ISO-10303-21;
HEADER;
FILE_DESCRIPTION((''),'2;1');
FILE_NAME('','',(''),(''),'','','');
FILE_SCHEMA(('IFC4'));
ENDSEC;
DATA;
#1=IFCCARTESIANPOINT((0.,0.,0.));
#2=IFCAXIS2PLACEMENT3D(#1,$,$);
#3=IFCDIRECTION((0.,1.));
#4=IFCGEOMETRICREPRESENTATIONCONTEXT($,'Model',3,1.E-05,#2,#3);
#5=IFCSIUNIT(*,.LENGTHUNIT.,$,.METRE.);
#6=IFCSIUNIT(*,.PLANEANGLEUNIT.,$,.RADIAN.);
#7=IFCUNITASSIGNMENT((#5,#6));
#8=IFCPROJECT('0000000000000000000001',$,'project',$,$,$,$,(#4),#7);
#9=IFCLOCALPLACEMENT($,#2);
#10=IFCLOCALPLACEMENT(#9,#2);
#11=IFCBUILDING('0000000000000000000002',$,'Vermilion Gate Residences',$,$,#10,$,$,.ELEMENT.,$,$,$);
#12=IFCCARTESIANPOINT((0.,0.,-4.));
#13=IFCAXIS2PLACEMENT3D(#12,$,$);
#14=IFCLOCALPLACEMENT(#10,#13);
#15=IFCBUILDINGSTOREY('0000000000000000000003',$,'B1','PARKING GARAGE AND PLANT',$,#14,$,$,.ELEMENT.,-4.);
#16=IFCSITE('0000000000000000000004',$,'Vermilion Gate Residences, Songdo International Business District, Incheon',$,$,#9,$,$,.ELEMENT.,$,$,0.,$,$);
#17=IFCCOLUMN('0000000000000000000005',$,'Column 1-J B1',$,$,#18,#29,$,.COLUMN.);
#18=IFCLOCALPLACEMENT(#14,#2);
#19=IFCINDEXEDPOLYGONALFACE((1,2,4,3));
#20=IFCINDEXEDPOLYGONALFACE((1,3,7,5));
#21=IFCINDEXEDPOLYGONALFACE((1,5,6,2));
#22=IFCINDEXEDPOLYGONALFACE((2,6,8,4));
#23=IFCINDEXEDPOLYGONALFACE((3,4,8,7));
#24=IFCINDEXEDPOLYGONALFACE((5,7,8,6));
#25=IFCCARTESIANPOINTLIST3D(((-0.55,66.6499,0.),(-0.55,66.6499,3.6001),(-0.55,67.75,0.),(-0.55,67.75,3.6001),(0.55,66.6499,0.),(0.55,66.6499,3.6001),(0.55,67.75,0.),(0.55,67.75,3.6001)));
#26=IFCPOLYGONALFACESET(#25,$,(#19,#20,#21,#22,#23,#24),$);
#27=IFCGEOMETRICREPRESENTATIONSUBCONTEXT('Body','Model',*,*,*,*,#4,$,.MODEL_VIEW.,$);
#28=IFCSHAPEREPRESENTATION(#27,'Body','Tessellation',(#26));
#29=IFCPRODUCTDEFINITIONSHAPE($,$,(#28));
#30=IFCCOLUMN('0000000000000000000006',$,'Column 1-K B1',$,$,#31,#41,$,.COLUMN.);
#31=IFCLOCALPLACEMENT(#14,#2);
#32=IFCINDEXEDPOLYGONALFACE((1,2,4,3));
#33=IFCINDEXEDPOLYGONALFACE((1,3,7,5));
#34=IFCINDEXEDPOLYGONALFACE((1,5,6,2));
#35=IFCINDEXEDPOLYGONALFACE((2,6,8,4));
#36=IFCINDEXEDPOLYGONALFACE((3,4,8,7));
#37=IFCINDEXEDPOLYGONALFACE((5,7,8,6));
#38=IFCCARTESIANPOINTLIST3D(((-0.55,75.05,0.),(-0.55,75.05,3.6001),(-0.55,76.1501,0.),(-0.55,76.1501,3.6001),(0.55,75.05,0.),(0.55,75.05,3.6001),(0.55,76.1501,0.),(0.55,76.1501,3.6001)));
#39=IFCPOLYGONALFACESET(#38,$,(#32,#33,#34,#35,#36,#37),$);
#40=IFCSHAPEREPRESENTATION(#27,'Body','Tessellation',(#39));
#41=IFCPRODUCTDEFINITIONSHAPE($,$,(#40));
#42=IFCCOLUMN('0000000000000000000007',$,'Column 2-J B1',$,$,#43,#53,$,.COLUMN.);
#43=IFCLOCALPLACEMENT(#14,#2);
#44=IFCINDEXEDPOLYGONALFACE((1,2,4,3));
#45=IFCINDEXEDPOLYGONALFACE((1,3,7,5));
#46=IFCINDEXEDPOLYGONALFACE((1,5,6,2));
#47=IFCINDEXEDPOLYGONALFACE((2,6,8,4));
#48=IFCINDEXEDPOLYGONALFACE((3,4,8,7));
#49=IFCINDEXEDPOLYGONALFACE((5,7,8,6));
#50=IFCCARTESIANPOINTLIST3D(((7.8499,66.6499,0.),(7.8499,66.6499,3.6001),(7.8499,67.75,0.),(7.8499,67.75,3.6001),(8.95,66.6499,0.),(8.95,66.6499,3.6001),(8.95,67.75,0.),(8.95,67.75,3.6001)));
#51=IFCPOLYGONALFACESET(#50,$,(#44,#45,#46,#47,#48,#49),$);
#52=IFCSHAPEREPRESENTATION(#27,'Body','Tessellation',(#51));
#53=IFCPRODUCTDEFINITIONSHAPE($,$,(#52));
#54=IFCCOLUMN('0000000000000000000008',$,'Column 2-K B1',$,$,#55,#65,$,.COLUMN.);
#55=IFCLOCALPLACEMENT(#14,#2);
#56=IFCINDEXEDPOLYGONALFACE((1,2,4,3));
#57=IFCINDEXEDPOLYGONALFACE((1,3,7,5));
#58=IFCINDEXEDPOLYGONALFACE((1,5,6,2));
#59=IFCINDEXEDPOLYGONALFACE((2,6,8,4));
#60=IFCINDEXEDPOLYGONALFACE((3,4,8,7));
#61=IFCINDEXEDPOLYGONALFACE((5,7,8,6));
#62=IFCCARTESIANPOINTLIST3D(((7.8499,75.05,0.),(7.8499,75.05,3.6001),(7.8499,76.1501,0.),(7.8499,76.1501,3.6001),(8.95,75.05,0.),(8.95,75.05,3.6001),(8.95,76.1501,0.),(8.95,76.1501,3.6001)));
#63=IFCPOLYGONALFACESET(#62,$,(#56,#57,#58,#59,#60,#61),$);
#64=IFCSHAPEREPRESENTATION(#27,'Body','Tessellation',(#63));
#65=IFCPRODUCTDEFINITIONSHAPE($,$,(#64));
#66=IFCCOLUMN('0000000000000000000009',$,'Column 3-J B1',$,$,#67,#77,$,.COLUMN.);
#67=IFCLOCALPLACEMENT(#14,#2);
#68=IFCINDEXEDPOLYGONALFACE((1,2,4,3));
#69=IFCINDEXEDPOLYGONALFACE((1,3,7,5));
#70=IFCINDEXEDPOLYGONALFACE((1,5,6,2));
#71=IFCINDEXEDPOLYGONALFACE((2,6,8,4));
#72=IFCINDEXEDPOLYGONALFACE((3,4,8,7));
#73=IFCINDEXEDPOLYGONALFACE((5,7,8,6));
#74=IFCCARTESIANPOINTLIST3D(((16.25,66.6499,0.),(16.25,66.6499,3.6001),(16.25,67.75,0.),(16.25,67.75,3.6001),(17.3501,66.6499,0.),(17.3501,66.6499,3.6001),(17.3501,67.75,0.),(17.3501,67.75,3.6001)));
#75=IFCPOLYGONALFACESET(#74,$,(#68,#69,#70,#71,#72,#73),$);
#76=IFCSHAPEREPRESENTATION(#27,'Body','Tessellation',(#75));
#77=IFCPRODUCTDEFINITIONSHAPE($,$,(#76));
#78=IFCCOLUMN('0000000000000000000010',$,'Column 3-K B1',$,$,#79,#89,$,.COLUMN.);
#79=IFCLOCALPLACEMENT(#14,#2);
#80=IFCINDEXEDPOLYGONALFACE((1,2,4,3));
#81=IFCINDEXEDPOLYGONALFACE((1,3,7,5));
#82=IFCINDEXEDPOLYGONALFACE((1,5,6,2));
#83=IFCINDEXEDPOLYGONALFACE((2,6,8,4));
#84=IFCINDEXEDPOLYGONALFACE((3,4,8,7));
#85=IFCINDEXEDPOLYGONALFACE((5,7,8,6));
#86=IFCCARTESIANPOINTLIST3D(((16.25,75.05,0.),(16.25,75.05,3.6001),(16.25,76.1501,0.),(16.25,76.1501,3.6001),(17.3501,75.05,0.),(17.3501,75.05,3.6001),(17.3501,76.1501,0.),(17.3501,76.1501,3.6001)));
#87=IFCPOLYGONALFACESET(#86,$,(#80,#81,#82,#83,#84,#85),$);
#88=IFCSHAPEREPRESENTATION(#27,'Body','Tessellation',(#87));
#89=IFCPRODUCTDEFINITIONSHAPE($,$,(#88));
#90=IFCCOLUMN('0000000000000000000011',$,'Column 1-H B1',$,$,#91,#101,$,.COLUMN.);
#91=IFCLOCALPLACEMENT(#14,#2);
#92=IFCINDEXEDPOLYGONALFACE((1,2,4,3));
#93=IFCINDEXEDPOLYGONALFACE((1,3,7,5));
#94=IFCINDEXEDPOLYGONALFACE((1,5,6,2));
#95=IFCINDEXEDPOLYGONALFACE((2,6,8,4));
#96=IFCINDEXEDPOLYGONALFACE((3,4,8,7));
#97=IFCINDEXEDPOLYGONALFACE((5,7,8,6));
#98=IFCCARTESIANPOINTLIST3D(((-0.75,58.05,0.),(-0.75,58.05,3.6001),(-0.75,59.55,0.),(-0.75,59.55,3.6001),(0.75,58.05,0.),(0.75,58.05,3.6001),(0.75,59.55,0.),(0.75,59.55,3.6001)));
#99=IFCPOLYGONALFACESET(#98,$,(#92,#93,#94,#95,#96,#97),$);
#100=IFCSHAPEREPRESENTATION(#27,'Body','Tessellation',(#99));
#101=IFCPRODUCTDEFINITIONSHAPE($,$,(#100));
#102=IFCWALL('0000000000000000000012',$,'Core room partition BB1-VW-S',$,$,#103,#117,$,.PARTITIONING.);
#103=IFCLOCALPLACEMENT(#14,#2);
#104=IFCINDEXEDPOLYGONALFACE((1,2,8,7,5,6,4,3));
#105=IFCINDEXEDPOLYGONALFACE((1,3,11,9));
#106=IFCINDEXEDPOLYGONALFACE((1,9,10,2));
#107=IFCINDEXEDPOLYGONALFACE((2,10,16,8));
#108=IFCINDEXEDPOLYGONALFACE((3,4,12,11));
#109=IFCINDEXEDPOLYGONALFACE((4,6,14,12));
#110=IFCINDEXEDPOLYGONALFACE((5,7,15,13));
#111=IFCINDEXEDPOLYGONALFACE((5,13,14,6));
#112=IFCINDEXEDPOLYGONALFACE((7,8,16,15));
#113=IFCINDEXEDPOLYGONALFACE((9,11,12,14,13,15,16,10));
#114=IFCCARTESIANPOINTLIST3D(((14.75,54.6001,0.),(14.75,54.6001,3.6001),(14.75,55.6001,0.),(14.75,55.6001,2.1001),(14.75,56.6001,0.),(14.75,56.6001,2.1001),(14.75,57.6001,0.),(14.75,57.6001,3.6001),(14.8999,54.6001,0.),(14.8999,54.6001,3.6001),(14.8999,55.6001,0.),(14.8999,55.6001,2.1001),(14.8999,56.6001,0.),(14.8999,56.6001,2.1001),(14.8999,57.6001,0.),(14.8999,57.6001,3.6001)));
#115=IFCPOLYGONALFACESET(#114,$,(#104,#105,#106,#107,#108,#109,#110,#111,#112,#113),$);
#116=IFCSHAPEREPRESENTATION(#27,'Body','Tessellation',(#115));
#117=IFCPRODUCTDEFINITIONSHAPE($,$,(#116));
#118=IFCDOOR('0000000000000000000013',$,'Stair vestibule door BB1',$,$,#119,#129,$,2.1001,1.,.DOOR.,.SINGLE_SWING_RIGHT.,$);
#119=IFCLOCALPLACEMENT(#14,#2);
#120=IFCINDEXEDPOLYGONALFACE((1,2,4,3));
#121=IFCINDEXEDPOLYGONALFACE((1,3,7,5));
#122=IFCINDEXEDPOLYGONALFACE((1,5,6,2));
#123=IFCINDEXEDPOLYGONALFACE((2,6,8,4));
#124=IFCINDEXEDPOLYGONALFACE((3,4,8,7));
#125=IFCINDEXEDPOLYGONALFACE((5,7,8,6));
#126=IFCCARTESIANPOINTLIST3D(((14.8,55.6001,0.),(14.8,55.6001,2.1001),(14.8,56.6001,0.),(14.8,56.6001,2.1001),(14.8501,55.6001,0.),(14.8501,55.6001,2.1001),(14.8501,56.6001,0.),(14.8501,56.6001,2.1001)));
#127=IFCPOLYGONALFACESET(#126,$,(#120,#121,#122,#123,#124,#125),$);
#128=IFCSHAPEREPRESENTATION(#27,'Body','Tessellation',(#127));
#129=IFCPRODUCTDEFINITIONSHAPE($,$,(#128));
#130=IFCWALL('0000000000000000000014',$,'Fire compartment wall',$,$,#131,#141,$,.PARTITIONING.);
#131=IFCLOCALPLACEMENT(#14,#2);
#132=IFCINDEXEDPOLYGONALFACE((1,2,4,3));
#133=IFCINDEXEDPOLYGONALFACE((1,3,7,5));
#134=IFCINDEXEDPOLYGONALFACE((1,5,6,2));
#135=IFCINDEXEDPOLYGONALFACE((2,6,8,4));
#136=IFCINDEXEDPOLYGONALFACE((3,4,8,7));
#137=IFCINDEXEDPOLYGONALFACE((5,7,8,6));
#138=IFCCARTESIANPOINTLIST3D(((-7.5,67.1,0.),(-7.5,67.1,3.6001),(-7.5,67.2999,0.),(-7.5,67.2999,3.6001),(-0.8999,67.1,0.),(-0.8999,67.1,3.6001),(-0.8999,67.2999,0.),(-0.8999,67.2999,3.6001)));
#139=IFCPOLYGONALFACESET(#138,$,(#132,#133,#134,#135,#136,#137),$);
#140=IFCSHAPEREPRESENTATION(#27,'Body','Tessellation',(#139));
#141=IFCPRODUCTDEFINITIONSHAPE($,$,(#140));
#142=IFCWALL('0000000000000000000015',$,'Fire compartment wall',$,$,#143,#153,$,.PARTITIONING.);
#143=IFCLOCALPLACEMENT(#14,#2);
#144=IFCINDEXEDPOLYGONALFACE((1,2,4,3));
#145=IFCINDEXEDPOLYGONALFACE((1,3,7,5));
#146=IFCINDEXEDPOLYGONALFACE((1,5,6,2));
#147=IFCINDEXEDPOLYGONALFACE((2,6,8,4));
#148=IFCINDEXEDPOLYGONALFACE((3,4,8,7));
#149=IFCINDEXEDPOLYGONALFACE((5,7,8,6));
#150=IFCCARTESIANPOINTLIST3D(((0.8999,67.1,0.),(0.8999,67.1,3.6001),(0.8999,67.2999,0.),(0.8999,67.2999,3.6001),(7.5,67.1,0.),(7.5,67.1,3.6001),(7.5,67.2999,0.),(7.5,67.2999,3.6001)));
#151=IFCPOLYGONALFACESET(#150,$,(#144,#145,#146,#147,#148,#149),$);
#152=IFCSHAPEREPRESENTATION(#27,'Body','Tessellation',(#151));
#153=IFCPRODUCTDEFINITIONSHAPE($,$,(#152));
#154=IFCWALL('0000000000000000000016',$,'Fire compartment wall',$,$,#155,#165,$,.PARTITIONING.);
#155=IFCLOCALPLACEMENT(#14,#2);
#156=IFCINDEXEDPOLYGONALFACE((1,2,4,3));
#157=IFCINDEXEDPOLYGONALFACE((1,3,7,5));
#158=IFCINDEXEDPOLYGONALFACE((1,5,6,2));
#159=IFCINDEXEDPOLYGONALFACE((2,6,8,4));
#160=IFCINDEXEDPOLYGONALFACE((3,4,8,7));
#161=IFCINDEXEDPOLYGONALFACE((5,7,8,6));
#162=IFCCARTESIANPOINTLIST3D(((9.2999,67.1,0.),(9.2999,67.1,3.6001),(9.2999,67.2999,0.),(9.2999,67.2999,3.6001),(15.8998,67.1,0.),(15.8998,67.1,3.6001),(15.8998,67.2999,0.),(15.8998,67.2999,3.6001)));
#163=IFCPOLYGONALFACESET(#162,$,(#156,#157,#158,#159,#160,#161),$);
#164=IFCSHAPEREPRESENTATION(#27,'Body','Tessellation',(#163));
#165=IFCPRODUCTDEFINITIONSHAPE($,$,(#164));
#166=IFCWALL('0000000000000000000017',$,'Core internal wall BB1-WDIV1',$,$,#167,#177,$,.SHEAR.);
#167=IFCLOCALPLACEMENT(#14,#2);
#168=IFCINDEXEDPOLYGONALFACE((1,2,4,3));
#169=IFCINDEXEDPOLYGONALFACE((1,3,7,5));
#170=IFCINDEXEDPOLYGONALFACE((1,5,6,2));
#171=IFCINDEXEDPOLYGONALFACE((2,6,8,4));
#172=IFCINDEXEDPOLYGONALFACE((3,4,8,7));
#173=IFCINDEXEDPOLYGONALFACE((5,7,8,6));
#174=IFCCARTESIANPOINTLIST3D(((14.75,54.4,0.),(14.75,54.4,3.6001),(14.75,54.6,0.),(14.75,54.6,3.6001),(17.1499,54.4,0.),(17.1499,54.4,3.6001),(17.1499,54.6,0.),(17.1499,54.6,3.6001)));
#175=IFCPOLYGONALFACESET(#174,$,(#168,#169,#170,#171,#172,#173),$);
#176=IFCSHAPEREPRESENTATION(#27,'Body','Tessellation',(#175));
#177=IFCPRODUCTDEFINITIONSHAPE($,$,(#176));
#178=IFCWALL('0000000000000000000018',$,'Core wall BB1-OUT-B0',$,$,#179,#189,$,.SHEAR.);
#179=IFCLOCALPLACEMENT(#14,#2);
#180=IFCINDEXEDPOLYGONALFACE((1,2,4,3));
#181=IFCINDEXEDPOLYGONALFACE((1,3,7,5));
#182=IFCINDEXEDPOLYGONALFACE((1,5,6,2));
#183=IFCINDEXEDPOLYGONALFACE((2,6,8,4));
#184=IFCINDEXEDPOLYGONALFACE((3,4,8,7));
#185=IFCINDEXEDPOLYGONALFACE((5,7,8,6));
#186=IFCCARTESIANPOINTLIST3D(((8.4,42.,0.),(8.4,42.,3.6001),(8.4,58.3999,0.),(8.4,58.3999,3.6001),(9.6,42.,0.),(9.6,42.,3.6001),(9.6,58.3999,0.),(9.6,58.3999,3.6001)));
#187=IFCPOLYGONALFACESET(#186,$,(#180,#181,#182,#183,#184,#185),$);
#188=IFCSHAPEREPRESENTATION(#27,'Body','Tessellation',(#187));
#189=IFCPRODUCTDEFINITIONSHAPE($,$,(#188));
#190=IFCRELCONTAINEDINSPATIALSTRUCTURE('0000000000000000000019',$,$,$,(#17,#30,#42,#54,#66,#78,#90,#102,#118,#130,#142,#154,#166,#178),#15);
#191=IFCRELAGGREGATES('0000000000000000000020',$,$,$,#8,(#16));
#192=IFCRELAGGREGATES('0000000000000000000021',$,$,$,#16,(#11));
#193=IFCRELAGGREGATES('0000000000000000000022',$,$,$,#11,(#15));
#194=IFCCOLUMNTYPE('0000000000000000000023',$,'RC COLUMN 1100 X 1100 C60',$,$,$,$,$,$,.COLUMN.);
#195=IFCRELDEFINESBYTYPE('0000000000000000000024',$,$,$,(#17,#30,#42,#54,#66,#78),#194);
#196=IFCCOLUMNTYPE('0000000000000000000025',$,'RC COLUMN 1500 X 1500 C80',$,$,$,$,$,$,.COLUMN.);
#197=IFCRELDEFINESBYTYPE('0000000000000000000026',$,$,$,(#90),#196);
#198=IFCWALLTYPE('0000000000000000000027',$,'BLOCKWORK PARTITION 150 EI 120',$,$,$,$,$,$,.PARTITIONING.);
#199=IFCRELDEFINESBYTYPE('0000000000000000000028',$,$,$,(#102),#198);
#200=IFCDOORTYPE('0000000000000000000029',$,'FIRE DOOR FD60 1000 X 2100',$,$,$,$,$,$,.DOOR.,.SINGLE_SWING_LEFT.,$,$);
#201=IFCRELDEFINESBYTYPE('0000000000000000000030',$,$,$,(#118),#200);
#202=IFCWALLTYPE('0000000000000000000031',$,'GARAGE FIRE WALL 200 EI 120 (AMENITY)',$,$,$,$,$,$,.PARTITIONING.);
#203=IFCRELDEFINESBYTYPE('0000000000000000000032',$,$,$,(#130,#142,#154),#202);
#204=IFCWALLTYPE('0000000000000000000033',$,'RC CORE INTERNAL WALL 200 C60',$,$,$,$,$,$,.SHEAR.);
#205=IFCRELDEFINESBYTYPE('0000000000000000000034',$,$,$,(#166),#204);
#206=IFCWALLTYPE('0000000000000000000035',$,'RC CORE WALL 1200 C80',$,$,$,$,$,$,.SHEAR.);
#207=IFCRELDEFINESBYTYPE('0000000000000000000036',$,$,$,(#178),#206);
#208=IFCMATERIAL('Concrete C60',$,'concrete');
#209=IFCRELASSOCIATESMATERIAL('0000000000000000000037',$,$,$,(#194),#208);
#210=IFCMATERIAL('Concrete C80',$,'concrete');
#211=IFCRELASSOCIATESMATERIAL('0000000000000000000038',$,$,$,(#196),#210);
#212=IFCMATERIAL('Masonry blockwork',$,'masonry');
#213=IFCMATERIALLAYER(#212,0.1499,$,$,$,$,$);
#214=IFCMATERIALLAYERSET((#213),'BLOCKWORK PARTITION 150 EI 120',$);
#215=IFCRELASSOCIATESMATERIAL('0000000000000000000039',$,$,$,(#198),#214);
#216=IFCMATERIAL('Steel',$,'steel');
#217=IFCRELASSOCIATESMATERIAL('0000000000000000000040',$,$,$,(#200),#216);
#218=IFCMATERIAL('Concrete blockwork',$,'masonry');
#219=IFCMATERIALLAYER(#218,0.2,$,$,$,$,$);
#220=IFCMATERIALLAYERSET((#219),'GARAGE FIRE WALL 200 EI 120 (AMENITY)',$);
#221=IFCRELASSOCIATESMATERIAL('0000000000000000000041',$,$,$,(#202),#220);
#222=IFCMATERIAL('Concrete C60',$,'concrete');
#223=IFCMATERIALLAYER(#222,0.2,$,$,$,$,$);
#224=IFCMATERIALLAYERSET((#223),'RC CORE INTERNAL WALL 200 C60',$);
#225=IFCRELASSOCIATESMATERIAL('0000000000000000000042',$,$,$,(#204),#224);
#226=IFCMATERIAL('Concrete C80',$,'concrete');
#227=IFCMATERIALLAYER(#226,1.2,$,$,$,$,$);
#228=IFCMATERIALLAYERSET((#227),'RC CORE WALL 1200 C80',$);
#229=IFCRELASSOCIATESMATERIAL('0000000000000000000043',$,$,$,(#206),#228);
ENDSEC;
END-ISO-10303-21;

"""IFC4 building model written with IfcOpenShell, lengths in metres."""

from ifc_helpers import new_model, si_unit, direction, frame, frame_2d, origin, origin_2d, place, context, subcontext, project, spatial, rectangle, extrude, material, layer, layer_set, material_profile, profile_set, type_object, element, fill, save


model = new_model("IFC4")

# Units and contexts
model_context = context("Model", 3, precision=1e-05, world=origin(), true_north=direction((0.0, 1.0)))
body_context = subcontext(model_context, "Body", "Model", "MODEL_VIEW")
ifc_project = project(units=[si_unit("LENGTHUNIT", "METRE"), si_unit("PLANEANGLEUNIT", "RADIAN")], contexts=[model_context])

# Site, building, storey
site_placement = place(None, origin())
site = spatial("IfcSite", under=ifc_project, at=site_placement, Name="Vermilion Gate Residences, Songdo International Business District, Incheon", CompositionType="ELEMENT", RefElevation=0.0)
building_placement = place(site_placement, origin())
building = spatial("IfcBuilding", under=site, at=building_placement, Name="Vermilion Gate Residences", CompositionType="ELEMENT")
storey_placement = place(building_placement, frame((0.0, 0.0, -4.0)))
storey = spatial("IfcBuildingStorey", under=building, at=storey_placement, Name="B1", Description="PARKING GARAGE AND PLANT", CompositionType="ELEMENT", Elevation=-4.0)

# Columns
ifc_material_1 = material(Name="Concrete C60", Category="concrete")
ifc_material_profile_1 = material_profile(ifc_material_1, rectangle(XDim=1.1001, YDim=1.1001, at=origin_2d()), Name="RC-1100x1100")
ifc_profile_set_1 = profile_set([ifc_material_profile_1], Name="Concrete C60")
column_type_1 = type_object("IfcColumnType", Name="RC COLUMN 1100 X 1100 C60", PredefinedType="COLUMN", material=ifc_profile_set_1)
for number, where, z_axis, x_axis, name in (
    (1, (0.0, 67.2, 0.0), (0.0, 0.0, 1.0), (1.0, 0.0, 0.0), "Column 1-J B1"),
    (2, (0.0, 75.6001, 0.0), (0.0, 0.0, 1.0), (1.0, 0.0, 0.0), "Column 1-K B1"),
    (3, (8.3999, 67.2, 0.0), (0.0, 0.0, 1.0), (1.0, 0.0, 0.0), "Column 2-J B1"),
    (4, (8.3999, 75.6001, 0.0), (0.0, 0.0, 1.0), (1.0, 0.0, 0.0), "Column 2-K B1"),
    (5, (16.8, 67.2, 0.0), (0.0, 0.0, 1.0), (1.0, 0.0, 0.0), "Column 3-J B1"),
    (6, (16.8, 75.6001, 0.0), (0.0, 0.0, 1.0), (1.0, 0.0, 0.0), "Column 3-K B1"),
):
    element("IfcColumn", number, at=place(storey_placement, frame(where, z_axis=z_axis, x_axis=x_axis)), inside=storey, type_object=column_type_1, Name=name, PredefinedType="COLUMN", context=body_context, shape_type="SweptSolid", body=[
        extrude(rectangle(XDim=1.1001, YDim=1.1001, at=origin_2d()), origin(), (0.0, 0.0, 1.0), 3.6001),
    ])
ifc_material_2 = material(Name="Concrete C80", Category="concrete")
ifc_material_profile_2 = material_profile(ifc_material_2, rectangle(XDim=1.5, YDim=1.5, at=origin_2d()), Name="RC-1500x1500")
ifc_profile_set_2 = profile_set([ifc_material_profile_2], Name="Concrete C80")
column_type_2 = type_object("IfcColumnType", Name="RC COLUMN 1500 X 1500 C80", PredefinedType="COLUMN", material=ifc_profile_set_2)
column_placement = place(storey_placement, frame((0.0, 58.8, 0.0), z_axis=(0.0, 0.0, 1.0), x_axis=(1.0, 0.0, 0.0)))
element("IfcColumn", 7, at=column_placement, inside=storey, type_object=column_type_2, Name="Column 1-H B1", PredefinedType="COLUMN", context=body_context, shape_type="SweptSolid", body=[
    extrude(rectangle(XDim=1.5, YDim=1.5, at=origin_2d()), origin(), (0.0, 0.0, 1.0), 3.6001),
])

# Wall, opening, door
ifc_material_3 = material(Name="Masonry blockwork", Category="masonry")
ifc_layer_1 = layer(ifc_material_3, 0.1499)
ifc_layer_set_1 = layer_set([ifc_layer_1], Name="BLOCKWORK PARTITION 150 EI 120")
wall_type_1 = type_object("IfcWallType", Name="BLOCKWORK PARTITION 150 EI 120", PredefinedType="PARTITIONING", material=ifc_layer_set_1)
wall_1_placement = place(storey_placement, frame((14.825, 57.6001, 0.0), z_axis=(0.0, 0.0, 1.0), x_axis=(0.0, -1.0, 0.0)))
wall_1 = element("IfcWall", 8, at=wall_1_placement, inside=storey, type_object=wall_type_1, Name="Core room partition BB1-VW-S", PredefinedType="PARTITIONING", context=body_context, shape_type="SweptSolid", body=[
    extrude(rectangle(XDim=3.0, YDim=0.1499, at=frame_2d((1.5, 0.0))), origin(), (0.0, 0.0, 1.0), 3.6001),
])
opening_1_placement = place(wall_1_placement, frame((1.0, 0.0, 0.0)))
opening_1 = element("IfcOpeningElement", 9, at=opening_1_placement, cuts=wall_1, PredefinedType="OPENING", context=body_context, shape_type="SweptSolid", body=[
    extrude(rectangle(XDim=1.0, YDim=2.1001, at=frame_2d((0.5, 1.05))), frame((0.0, 0.085, 0.0), z_axis=(0.0, -1.0, 0.0), x_axis=(1.0, 0.0, 0.0)), (0.0, 0.0, 1.0), 0.1699),
])
ifc_material_4 = material(Name="Steel", Category="steel")
door_type_1 = type_object("IfcDoorType", Name="FIRE DOOR FD60 1000 X 2100", OperationType="SINGLE_SWING_LEFT", PredefinedType="DOOR", material=ifc_material_4)
door_1_placement = place(opening_1_placement, frame((1.0, 0.0, 0.0), z_axis=(0.0, 0.0, 1.0), x_axis=(-1.0, 0.0, 0.0)))
door_1 = element("IfcDoor", 10, at=door_1_placement, inside=storey, type_object=door_type_1, Name="Stair vestibule door BB1", OperationType="SINGLE_SWING_RIGHT", OverallHeight=2.1001, OverallWidth=1.0, PredefinedType="DOOR", context=body_context, shape_type="SweptSolid", body=[
    extrude(rectangle(XDim=1.0, YDim=2.1001, at=frame_2d((0.5, 1.05))), frame((0.0, 0.0249, 0.0), z_axis=(0.0, -1.0, 0.0), x_axis=(1.0, 0.0, 0.0)), (0.0, 0.0, 1.0), 0.05),
])
fill(opening_1, door_1)

# Walls
ifc_material_5 = material(Name="Concrete blockwork", Category="masonry")
ifc_layer_2 = layer(ifc_material_5, 0.2)
ifc_layer_set_2 = layer_set([ifc_layer_2], Name="GARAGE FIRE WALL 200 EI 120 (AMENITY)")
wall_type_2 = type_object("IfcWallType", Name="GARAGE FIRE WALL 200 EI 120 (AMENITY)", PredefinedType="PARTITIONING", material=ifc_layer_set_2)
for number, where, z_axis, x_axis, name in (
    (11, (-7.5, 67.2, 0.0), (0.0, 0.0, 1.0), (1.0, 0.0, 0.0), "Fire compartment wall"),
    (12, (0.8999, 67.2, 0.0), (0.0, 0.0, 1.0), (1.0, 0.0, 0.0), "Fire compartment wall"),
):
    element("IfcWall", number, at=place(storey_placement, frame(where, z_axis=z_axis, x_axis=x_axis)), inside=storey, type_object=wall_type_2, Name=name, PredefinedType="PARTITIONING", context=body_context, shape_type="SweptSolid", body=[
        extrude(rectangle(XDim=6.6001, YDim=0.2, at=frame_2d((3.3, 0.0))), origin(), (0.0, 0.0, 1.0), 3.6001),
    ])
wall_2_placement = place(storey_placement, frame((9.3, 67.2, 0.0), z_axis=(0.0, 0.0, 1.0), x_axis=(1.0, 0.0, 0.0)))
element("IfcWall", 13, at=wall_2_placement, inside=storey, type_object=wall_type_2, Name="Fire compartment wall", PredefinedType="PARTITIONING", context=body_context, shape_type="SweptSolid", body=[
    extrude(rectangle(XDim=6.5999, YDim=0.2, at=frame_2d((3.2998, 0.0))), origin(), (0.0, 0.0, 1.0), 3.6001),
])
ifc_material_6 = material(Name="Concrete C60", Category="concrete")
ifc_layer_3 = layer(ifc_material_6, 0.2)
ifc_layer_set_3 = layer_set([ifc_layer_3], Name="RC CORE INTERNAL WALL 200 C60")
wall_type_3 = type_object("IfcWallType", Name="RC CORE INTERNAL WALL 200 C60", PredefinedType="SHEAR", material=ifc_layer_set_3)
wall_3_placement = place(storey_placement, frame((14.75, 54.5, 0.0), z_axis=(0.0, 0.0, 1.0), x_axis=(1.0, 0.0, 0.0)))
element("IfcWall", 14, at=wall_3_placement, inside=storey, type_object=wall_type_3, Name="Core internal wall BB1-WDIV1", PredefinedType="SHEAR", context=body_context, shape_type="SweptSolid", body=[
    extrude(rectangle(XDim=2.3999, YDim=0.2, at=frame_2d((1.2, 0.0))), origin(), (0.0, 0.0, 1.0), 3.6001),
])
ifc_material_7 = material(Name="Concrete C80", Category="concrete")
ifc_layer_4 = layer(ifc_material_7, 1.2)
ifc_layer_set_4 = layer_set([ifc_layer_4], Name="RC CORE WALL 1200 C80")
wall_type_4 = type_object("IfcWallType", Name="RC CORE WALL 1200 C80", PredefinedType="SHEAR", material=ifc_layer_set_4)
wall_4_placement = place(storey_placement, frame((9.0, 58.3999, 0.0), z_axis=(0.0, 0.0, 1.0), x_axis=(0.0, -1.0, 0.0)))
element("IfcWall", 15, at=wall_4_placement, inside=storey, type_object=wall_type_4, Name="Core wall BB1-OUT-B0", PredefinedType="SHEAR", context=body_context, shape_type="SweptSolid", body=[
    extrude(rectangle(XDim=16.3999, YDim=1.2, at=frame_2d((8.2, 0.0))), origin(), (0.0, 0.0, 1.0), 3.6001),
])

save(model, "model.ifc")
